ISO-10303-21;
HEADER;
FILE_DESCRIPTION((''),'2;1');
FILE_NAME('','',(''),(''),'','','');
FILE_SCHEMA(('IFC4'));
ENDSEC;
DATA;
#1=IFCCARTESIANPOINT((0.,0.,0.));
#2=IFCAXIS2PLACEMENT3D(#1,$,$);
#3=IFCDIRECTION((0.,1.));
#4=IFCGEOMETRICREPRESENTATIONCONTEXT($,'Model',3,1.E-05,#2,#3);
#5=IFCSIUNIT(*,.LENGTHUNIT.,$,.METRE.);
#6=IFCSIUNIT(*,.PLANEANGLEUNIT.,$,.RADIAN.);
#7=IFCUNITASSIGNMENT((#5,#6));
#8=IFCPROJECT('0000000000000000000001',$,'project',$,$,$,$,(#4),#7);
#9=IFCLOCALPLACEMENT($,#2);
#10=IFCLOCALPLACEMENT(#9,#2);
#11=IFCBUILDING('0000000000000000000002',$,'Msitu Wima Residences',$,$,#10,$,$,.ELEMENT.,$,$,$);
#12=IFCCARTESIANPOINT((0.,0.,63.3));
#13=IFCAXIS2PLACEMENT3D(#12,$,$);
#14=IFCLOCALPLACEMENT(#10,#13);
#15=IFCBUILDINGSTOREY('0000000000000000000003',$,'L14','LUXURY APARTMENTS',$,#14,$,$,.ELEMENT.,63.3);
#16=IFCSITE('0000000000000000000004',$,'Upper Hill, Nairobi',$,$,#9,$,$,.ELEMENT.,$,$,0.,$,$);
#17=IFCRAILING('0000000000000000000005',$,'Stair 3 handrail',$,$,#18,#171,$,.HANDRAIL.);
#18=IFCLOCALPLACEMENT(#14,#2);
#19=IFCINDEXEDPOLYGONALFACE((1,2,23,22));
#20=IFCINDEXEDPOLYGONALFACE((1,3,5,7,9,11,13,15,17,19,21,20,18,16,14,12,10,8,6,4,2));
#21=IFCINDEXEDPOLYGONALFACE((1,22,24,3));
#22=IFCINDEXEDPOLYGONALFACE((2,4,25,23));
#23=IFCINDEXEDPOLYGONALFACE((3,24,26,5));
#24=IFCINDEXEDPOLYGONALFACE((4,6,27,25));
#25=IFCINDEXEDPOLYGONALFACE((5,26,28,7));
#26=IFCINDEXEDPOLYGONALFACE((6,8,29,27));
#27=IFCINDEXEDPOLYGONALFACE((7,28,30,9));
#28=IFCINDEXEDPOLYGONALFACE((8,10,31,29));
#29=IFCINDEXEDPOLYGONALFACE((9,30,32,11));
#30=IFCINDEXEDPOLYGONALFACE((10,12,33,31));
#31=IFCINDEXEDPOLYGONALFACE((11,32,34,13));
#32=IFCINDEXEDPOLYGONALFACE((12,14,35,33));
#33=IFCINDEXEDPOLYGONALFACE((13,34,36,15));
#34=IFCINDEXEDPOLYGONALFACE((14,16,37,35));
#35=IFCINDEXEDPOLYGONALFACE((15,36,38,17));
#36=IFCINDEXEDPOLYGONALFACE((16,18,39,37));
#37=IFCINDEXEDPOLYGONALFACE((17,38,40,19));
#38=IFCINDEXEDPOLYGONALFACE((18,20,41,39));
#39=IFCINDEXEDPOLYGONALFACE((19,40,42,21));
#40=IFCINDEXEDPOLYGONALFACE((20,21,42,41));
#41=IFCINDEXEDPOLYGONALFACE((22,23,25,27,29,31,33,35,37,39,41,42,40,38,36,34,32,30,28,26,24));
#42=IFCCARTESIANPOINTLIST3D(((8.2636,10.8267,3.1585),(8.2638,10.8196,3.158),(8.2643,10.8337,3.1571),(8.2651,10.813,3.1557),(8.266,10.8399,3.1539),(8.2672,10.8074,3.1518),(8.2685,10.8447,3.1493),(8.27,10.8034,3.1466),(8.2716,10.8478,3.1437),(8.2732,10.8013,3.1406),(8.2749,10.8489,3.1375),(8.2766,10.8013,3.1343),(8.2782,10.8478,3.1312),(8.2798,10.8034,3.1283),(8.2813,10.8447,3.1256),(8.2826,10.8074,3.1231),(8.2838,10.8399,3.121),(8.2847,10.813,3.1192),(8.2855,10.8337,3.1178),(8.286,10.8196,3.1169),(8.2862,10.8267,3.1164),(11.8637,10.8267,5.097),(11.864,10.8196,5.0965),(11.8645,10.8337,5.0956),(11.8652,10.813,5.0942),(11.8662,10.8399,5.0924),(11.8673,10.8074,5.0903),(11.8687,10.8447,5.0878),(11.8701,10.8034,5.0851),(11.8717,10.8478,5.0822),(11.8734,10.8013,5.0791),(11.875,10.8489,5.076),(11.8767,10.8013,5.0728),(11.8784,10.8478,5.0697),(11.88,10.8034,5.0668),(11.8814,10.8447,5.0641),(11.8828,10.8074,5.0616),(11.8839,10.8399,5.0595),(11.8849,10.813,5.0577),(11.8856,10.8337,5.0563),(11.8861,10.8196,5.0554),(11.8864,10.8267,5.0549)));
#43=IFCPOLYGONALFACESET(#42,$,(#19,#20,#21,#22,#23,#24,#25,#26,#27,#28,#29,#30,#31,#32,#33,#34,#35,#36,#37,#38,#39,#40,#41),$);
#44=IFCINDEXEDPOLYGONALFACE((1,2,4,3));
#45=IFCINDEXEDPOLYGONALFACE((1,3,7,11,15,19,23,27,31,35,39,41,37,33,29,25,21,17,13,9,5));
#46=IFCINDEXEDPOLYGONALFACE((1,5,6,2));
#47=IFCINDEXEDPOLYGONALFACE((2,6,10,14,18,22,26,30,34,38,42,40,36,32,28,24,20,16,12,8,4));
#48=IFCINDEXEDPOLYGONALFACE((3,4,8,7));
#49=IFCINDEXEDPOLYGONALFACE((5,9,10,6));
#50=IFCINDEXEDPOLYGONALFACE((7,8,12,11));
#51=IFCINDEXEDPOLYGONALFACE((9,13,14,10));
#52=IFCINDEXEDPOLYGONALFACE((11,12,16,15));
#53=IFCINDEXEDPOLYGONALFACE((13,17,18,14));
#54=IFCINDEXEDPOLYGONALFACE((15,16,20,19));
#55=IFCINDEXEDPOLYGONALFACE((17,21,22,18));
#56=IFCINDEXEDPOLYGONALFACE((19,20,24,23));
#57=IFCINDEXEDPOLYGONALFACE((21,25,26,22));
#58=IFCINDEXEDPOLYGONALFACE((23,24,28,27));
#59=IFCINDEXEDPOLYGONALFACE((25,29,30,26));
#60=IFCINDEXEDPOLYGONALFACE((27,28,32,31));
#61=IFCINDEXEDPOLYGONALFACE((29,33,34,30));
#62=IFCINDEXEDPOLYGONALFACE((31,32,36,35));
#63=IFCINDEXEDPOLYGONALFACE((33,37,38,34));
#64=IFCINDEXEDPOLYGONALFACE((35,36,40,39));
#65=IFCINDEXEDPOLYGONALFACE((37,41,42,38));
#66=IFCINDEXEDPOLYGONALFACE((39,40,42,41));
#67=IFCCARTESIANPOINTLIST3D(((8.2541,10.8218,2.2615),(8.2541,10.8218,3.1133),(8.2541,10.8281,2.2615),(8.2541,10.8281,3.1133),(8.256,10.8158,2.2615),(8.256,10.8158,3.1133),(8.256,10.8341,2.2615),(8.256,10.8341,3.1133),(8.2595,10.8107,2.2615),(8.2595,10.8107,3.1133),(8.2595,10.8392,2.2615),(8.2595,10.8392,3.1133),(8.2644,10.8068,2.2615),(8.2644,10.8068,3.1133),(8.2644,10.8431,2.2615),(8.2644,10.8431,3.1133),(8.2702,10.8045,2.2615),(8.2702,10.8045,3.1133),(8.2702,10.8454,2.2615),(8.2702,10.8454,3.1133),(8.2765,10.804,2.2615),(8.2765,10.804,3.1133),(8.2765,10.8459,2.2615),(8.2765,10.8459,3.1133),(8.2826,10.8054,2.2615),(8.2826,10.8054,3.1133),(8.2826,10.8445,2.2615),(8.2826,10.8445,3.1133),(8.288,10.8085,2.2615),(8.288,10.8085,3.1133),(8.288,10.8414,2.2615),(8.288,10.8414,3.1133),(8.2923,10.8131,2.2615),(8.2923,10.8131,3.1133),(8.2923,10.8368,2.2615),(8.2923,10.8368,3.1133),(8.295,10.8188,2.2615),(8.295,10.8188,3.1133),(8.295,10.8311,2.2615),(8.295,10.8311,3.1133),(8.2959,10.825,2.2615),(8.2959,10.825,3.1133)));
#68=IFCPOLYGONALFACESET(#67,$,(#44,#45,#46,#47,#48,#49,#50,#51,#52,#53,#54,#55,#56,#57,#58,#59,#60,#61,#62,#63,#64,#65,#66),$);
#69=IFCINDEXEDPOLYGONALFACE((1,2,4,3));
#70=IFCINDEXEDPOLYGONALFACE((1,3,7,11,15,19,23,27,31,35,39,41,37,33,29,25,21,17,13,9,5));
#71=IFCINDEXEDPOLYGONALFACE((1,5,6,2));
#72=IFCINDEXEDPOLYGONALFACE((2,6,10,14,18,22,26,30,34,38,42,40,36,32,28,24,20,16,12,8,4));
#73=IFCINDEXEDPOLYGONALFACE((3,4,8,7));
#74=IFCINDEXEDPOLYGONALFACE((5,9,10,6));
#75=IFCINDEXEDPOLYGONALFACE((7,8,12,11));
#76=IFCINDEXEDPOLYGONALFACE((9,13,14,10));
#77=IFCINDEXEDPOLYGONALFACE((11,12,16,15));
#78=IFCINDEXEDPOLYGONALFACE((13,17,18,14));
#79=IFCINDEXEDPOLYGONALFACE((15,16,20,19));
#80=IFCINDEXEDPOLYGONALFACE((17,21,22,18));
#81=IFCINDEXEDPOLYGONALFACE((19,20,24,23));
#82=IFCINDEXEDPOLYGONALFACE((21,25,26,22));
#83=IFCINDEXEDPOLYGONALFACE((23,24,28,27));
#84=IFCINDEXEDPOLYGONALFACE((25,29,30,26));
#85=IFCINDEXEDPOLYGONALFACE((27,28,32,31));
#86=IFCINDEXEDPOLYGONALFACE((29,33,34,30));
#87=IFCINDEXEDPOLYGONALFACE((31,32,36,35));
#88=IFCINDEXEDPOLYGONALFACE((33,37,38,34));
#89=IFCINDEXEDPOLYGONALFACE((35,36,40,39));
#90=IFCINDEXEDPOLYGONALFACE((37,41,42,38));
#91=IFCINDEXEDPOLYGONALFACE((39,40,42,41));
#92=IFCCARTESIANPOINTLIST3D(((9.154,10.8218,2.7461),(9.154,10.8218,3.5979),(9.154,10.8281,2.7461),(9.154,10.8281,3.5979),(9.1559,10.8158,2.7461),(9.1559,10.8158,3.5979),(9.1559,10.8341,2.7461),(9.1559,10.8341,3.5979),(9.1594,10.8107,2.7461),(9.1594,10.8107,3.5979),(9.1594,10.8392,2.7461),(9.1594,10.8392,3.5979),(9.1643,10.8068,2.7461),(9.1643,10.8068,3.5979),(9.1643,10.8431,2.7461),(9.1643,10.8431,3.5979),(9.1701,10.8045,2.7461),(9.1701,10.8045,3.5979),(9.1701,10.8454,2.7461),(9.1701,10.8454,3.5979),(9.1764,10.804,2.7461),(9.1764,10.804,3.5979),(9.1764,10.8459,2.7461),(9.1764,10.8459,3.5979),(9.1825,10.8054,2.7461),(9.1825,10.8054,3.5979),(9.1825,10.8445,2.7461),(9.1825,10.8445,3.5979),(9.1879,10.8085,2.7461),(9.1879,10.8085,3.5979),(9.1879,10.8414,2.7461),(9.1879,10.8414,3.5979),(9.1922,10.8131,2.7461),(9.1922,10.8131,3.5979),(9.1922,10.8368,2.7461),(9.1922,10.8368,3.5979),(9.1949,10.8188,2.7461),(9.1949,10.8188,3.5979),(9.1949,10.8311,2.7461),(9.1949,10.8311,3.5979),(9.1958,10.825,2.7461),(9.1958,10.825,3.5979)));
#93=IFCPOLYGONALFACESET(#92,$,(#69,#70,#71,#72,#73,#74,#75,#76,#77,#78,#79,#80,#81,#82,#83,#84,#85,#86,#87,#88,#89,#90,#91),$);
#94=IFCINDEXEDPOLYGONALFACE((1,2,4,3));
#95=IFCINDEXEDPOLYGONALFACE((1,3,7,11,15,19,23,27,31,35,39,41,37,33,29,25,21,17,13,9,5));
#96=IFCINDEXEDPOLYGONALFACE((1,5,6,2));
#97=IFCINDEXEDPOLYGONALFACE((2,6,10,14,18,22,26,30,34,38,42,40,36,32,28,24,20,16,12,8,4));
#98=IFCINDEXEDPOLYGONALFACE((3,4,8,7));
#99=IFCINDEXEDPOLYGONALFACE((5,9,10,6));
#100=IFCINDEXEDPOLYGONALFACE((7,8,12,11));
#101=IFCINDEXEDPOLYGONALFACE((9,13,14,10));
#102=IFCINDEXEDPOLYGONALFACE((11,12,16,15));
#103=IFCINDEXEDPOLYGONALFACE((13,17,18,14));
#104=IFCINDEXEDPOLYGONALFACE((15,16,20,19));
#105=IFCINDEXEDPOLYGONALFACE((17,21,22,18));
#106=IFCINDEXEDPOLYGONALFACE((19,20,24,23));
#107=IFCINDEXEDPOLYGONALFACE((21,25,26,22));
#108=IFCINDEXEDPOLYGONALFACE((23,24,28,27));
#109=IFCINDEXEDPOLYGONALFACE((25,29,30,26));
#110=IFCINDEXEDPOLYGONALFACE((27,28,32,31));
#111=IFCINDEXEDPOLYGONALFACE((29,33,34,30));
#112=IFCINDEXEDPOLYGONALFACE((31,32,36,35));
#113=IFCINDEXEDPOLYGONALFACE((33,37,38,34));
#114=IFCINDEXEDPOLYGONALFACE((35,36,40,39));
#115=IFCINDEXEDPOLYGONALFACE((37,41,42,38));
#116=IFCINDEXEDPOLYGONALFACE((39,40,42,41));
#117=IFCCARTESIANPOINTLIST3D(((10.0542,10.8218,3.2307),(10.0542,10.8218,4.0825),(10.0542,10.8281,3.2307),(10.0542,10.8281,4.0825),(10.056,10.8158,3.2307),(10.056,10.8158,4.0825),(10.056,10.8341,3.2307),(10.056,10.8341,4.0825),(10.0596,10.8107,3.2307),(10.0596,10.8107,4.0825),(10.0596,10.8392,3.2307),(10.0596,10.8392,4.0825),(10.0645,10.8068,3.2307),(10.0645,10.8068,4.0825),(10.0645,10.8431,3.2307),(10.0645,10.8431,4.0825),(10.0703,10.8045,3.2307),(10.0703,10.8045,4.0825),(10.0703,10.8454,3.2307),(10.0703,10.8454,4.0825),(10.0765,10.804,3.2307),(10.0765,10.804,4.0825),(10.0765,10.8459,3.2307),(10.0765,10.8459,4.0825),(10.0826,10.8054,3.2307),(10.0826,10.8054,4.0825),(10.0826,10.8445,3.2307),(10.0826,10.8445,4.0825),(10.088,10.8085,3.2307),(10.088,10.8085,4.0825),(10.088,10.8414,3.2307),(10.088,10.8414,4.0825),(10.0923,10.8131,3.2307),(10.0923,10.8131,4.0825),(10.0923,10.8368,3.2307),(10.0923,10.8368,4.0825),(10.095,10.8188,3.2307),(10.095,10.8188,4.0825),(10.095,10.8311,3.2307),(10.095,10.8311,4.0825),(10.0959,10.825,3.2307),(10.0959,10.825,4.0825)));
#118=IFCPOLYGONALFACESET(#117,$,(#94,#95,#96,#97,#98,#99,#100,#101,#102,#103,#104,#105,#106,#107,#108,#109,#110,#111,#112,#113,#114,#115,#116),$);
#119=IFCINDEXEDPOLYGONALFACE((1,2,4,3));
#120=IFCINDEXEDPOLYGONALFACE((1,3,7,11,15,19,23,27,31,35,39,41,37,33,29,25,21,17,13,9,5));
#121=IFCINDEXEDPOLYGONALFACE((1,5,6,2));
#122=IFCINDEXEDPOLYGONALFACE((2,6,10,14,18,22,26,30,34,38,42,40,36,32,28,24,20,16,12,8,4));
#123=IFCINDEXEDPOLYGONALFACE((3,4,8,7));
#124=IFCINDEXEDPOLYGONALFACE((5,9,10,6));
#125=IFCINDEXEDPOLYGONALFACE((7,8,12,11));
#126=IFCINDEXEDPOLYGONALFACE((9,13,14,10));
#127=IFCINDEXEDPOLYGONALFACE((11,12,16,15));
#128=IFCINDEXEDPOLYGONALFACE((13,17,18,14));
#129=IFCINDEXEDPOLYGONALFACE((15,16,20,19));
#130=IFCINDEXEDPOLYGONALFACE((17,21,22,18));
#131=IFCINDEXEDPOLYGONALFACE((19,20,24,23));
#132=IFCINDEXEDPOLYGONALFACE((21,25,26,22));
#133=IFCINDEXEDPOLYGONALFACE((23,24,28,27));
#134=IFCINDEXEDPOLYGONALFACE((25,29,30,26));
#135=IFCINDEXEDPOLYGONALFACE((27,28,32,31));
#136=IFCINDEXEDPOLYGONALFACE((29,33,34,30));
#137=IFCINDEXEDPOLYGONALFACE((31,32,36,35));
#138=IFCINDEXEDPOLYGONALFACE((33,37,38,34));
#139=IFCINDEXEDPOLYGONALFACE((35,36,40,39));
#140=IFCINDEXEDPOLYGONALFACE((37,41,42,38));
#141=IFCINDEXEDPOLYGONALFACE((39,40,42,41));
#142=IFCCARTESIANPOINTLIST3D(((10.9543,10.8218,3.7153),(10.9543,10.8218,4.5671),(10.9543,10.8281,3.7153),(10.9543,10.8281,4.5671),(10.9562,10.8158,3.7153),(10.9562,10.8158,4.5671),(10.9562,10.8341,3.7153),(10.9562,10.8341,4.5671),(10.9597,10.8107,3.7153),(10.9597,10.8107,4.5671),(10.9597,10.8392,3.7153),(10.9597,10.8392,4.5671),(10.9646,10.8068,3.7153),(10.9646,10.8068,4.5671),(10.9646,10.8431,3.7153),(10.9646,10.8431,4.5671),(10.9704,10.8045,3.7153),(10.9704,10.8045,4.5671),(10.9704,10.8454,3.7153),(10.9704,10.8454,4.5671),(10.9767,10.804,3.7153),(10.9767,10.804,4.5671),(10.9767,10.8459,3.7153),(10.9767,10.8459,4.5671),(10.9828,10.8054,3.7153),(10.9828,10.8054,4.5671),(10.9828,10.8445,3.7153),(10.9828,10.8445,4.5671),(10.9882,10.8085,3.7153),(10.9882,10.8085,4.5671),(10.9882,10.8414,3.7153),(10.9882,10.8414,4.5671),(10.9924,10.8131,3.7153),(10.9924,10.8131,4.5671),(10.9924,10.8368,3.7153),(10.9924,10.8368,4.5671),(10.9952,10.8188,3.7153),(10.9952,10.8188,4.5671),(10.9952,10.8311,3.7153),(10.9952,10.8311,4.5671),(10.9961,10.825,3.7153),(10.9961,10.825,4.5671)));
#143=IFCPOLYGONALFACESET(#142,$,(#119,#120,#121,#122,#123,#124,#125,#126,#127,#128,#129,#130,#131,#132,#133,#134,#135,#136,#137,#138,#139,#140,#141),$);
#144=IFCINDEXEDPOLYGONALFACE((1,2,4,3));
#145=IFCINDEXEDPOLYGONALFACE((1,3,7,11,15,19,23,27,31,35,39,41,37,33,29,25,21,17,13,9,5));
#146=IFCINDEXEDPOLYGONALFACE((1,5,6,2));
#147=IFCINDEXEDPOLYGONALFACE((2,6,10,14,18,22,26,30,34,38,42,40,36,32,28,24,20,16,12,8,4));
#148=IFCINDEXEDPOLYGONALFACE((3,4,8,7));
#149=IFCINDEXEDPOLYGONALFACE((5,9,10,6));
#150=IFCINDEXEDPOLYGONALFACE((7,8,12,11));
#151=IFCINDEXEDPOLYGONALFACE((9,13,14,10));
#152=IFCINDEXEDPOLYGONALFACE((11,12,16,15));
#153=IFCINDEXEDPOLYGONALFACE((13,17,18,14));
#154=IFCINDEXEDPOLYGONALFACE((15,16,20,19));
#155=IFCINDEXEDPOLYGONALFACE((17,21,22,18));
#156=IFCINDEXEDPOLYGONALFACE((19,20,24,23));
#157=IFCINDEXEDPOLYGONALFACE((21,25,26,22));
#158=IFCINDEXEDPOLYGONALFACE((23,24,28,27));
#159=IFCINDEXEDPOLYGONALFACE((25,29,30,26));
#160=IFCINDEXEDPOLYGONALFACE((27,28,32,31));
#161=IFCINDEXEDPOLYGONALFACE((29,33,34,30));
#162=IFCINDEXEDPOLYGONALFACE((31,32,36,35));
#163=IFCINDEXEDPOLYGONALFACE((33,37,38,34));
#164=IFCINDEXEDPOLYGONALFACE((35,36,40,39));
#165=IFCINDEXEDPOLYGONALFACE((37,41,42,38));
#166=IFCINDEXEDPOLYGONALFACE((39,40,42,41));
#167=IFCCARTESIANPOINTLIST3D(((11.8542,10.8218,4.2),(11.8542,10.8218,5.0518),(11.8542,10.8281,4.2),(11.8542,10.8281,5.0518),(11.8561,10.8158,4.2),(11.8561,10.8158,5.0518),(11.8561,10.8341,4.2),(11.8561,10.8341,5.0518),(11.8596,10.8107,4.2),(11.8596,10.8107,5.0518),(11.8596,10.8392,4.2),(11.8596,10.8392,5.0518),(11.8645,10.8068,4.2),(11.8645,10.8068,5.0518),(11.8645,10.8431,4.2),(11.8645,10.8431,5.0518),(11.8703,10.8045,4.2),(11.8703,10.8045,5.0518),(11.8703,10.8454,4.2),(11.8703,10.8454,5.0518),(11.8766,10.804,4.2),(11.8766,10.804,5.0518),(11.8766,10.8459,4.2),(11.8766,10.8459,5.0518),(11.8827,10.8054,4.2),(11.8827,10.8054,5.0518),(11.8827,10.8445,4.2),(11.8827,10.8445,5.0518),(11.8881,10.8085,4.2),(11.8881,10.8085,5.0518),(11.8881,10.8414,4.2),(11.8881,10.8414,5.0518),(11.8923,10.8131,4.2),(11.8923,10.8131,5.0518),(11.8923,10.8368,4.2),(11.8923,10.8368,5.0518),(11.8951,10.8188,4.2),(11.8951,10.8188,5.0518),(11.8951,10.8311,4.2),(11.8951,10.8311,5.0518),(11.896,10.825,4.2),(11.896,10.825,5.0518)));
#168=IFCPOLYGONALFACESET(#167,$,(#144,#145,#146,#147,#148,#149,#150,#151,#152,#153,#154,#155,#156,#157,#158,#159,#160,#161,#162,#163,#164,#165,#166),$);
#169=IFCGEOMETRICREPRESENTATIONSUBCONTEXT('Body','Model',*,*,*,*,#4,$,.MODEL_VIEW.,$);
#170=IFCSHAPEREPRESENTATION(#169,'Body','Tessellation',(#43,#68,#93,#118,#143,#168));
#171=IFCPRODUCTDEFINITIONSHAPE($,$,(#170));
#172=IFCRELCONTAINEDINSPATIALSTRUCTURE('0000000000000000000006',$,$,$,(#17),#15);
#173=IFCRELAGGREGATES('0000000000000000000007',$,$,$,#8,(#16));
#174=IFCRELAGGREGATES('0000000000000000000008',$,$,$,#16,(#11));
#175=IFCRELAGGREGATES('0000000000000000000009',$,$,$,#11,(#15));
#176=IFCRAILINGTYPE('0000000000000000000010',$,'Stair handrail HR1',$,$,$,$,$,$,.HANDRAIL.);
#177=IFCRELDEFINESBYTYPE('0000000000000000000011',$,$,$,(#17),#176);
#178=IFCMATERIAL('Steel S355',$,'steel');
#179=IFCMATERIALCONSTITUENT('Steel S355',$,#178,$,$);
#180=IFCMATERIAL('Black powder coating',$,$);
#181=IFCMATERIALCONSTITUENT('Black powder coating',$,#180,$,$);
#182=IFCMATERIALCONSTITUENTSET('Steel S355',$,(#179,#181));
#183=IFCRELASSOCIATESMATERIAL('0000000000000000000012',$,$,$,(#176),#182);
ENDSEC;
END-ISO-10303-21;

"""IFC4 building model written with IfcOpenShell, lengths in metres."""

from ifc_helpers import new_model, si_unit, direction, frame, origin, origin_2d, place, context, subcontext, project, spatial, circle, extrude, material, constituent, constituent_set, type_object, element, save


model = new_model("IFC4")

# Units and contexts
model_context = context("Model", 3, precision=1e-05, world=origin(), true_north=direction((0.0, 1.0)))
body_context = subcontext(model_context, "Body", "Model", "MODEL_VIEW")
ifc_project = project(units=[si_unit("LENGTHUNIT", "METRE"), si_unit("PLANEANGLEUNIT", "RADIAN")], contexts=[model_context])

# Site, building, storey
site_placement = place(None, origin())
site = spatial("IfcSite", under=ifc_project, at=site_placement, Name="Upper Hill, Nairobi", CompositionType="ELEMENT", RefElevation=0.0)
building_placement = place(site_placement, origin())
building = spatial("IfcBuilding", under=site, at=building_placement, Name="Msitu Wima Residences", CompositionType="ELEMENT")
storey_placement = place(building_placement, frame((0.0, 0.0, 63.3)))
storey = spatial("IfcBuildingStorey", under=building, at=storey_placement, Name="L14", Description="LUXURY APARTMENTS", CompositionType="ELEMENT", Elevation=63.3)

# Railing
ifc_material_1 = material(Name="Steel S355", Category="steel")
ifc_constituent_1 = constituent(ifc_material_1, Name="Steel S355")
ifc_material_2 = material(Name="Black powder coating")
ifc_constituent_2 = constituent(ifc_material_2, Name="Black powder coating")
ifc_constituent_set = constituent_set(constituents=[ifc_constituent_1, ifc_constituent_2], Name="Steel S355")
railing_type = type_object("IfcRailingType", Name="Stair handrail HR1", PredefinedType="HANDRAIL", material=ifc_constituent_set)
for number, where, name in (
    (1, (8.2749, 10.825, 2.2615), "Stair 3 handrail"),
):
    element("IfcRailing", number, at=place(storey_placement, frame(where)), inside=storey, type_object=railing_type, Name=name, PredefinedType="HANDRAIL", context=body_context, shape_type="SweptSolid", body=[
        extrude(circle(Radius=0.0239, at=origin_2d()), frame((0.0, 0.0, 0.876), z_axis=(0.880475, 0.0, 0.474093), x_axis=(0.0, 1.0, 0.0)), (0.0, 0.0, 1.0), 4.0889),
        extrude(circle(Radius=0.021, at=origin_2d()), origin(), (0.0, 0.0, 1.0), 0.8518),
        extrude(circle(Radius=0.021, at=origin_2d()), frame((0.8999, 0.0, 0.4846)), (0.0, 0.0, 1.0), 0.8518),
        extrude(circle(Radius=0.021, at=origin_2d()), frame((1.8, 0.0, 0.9692)), (0.0, 0.0, 1.0), 0.8518),
        extrude(circle(Radius=0.021, at=origin_2d()), frame((2.7002, 0.0, 1.4539)), (0.0, 0.0, 1.0), 0.8518),
        extrude(circle(Radius=0.021, at=origin_2d()), frame((3.6001, 0.0, 1.9385)), (0.0, 0.0, 1.0), 0.8518),
    ])

save(model, "model.ifc")
